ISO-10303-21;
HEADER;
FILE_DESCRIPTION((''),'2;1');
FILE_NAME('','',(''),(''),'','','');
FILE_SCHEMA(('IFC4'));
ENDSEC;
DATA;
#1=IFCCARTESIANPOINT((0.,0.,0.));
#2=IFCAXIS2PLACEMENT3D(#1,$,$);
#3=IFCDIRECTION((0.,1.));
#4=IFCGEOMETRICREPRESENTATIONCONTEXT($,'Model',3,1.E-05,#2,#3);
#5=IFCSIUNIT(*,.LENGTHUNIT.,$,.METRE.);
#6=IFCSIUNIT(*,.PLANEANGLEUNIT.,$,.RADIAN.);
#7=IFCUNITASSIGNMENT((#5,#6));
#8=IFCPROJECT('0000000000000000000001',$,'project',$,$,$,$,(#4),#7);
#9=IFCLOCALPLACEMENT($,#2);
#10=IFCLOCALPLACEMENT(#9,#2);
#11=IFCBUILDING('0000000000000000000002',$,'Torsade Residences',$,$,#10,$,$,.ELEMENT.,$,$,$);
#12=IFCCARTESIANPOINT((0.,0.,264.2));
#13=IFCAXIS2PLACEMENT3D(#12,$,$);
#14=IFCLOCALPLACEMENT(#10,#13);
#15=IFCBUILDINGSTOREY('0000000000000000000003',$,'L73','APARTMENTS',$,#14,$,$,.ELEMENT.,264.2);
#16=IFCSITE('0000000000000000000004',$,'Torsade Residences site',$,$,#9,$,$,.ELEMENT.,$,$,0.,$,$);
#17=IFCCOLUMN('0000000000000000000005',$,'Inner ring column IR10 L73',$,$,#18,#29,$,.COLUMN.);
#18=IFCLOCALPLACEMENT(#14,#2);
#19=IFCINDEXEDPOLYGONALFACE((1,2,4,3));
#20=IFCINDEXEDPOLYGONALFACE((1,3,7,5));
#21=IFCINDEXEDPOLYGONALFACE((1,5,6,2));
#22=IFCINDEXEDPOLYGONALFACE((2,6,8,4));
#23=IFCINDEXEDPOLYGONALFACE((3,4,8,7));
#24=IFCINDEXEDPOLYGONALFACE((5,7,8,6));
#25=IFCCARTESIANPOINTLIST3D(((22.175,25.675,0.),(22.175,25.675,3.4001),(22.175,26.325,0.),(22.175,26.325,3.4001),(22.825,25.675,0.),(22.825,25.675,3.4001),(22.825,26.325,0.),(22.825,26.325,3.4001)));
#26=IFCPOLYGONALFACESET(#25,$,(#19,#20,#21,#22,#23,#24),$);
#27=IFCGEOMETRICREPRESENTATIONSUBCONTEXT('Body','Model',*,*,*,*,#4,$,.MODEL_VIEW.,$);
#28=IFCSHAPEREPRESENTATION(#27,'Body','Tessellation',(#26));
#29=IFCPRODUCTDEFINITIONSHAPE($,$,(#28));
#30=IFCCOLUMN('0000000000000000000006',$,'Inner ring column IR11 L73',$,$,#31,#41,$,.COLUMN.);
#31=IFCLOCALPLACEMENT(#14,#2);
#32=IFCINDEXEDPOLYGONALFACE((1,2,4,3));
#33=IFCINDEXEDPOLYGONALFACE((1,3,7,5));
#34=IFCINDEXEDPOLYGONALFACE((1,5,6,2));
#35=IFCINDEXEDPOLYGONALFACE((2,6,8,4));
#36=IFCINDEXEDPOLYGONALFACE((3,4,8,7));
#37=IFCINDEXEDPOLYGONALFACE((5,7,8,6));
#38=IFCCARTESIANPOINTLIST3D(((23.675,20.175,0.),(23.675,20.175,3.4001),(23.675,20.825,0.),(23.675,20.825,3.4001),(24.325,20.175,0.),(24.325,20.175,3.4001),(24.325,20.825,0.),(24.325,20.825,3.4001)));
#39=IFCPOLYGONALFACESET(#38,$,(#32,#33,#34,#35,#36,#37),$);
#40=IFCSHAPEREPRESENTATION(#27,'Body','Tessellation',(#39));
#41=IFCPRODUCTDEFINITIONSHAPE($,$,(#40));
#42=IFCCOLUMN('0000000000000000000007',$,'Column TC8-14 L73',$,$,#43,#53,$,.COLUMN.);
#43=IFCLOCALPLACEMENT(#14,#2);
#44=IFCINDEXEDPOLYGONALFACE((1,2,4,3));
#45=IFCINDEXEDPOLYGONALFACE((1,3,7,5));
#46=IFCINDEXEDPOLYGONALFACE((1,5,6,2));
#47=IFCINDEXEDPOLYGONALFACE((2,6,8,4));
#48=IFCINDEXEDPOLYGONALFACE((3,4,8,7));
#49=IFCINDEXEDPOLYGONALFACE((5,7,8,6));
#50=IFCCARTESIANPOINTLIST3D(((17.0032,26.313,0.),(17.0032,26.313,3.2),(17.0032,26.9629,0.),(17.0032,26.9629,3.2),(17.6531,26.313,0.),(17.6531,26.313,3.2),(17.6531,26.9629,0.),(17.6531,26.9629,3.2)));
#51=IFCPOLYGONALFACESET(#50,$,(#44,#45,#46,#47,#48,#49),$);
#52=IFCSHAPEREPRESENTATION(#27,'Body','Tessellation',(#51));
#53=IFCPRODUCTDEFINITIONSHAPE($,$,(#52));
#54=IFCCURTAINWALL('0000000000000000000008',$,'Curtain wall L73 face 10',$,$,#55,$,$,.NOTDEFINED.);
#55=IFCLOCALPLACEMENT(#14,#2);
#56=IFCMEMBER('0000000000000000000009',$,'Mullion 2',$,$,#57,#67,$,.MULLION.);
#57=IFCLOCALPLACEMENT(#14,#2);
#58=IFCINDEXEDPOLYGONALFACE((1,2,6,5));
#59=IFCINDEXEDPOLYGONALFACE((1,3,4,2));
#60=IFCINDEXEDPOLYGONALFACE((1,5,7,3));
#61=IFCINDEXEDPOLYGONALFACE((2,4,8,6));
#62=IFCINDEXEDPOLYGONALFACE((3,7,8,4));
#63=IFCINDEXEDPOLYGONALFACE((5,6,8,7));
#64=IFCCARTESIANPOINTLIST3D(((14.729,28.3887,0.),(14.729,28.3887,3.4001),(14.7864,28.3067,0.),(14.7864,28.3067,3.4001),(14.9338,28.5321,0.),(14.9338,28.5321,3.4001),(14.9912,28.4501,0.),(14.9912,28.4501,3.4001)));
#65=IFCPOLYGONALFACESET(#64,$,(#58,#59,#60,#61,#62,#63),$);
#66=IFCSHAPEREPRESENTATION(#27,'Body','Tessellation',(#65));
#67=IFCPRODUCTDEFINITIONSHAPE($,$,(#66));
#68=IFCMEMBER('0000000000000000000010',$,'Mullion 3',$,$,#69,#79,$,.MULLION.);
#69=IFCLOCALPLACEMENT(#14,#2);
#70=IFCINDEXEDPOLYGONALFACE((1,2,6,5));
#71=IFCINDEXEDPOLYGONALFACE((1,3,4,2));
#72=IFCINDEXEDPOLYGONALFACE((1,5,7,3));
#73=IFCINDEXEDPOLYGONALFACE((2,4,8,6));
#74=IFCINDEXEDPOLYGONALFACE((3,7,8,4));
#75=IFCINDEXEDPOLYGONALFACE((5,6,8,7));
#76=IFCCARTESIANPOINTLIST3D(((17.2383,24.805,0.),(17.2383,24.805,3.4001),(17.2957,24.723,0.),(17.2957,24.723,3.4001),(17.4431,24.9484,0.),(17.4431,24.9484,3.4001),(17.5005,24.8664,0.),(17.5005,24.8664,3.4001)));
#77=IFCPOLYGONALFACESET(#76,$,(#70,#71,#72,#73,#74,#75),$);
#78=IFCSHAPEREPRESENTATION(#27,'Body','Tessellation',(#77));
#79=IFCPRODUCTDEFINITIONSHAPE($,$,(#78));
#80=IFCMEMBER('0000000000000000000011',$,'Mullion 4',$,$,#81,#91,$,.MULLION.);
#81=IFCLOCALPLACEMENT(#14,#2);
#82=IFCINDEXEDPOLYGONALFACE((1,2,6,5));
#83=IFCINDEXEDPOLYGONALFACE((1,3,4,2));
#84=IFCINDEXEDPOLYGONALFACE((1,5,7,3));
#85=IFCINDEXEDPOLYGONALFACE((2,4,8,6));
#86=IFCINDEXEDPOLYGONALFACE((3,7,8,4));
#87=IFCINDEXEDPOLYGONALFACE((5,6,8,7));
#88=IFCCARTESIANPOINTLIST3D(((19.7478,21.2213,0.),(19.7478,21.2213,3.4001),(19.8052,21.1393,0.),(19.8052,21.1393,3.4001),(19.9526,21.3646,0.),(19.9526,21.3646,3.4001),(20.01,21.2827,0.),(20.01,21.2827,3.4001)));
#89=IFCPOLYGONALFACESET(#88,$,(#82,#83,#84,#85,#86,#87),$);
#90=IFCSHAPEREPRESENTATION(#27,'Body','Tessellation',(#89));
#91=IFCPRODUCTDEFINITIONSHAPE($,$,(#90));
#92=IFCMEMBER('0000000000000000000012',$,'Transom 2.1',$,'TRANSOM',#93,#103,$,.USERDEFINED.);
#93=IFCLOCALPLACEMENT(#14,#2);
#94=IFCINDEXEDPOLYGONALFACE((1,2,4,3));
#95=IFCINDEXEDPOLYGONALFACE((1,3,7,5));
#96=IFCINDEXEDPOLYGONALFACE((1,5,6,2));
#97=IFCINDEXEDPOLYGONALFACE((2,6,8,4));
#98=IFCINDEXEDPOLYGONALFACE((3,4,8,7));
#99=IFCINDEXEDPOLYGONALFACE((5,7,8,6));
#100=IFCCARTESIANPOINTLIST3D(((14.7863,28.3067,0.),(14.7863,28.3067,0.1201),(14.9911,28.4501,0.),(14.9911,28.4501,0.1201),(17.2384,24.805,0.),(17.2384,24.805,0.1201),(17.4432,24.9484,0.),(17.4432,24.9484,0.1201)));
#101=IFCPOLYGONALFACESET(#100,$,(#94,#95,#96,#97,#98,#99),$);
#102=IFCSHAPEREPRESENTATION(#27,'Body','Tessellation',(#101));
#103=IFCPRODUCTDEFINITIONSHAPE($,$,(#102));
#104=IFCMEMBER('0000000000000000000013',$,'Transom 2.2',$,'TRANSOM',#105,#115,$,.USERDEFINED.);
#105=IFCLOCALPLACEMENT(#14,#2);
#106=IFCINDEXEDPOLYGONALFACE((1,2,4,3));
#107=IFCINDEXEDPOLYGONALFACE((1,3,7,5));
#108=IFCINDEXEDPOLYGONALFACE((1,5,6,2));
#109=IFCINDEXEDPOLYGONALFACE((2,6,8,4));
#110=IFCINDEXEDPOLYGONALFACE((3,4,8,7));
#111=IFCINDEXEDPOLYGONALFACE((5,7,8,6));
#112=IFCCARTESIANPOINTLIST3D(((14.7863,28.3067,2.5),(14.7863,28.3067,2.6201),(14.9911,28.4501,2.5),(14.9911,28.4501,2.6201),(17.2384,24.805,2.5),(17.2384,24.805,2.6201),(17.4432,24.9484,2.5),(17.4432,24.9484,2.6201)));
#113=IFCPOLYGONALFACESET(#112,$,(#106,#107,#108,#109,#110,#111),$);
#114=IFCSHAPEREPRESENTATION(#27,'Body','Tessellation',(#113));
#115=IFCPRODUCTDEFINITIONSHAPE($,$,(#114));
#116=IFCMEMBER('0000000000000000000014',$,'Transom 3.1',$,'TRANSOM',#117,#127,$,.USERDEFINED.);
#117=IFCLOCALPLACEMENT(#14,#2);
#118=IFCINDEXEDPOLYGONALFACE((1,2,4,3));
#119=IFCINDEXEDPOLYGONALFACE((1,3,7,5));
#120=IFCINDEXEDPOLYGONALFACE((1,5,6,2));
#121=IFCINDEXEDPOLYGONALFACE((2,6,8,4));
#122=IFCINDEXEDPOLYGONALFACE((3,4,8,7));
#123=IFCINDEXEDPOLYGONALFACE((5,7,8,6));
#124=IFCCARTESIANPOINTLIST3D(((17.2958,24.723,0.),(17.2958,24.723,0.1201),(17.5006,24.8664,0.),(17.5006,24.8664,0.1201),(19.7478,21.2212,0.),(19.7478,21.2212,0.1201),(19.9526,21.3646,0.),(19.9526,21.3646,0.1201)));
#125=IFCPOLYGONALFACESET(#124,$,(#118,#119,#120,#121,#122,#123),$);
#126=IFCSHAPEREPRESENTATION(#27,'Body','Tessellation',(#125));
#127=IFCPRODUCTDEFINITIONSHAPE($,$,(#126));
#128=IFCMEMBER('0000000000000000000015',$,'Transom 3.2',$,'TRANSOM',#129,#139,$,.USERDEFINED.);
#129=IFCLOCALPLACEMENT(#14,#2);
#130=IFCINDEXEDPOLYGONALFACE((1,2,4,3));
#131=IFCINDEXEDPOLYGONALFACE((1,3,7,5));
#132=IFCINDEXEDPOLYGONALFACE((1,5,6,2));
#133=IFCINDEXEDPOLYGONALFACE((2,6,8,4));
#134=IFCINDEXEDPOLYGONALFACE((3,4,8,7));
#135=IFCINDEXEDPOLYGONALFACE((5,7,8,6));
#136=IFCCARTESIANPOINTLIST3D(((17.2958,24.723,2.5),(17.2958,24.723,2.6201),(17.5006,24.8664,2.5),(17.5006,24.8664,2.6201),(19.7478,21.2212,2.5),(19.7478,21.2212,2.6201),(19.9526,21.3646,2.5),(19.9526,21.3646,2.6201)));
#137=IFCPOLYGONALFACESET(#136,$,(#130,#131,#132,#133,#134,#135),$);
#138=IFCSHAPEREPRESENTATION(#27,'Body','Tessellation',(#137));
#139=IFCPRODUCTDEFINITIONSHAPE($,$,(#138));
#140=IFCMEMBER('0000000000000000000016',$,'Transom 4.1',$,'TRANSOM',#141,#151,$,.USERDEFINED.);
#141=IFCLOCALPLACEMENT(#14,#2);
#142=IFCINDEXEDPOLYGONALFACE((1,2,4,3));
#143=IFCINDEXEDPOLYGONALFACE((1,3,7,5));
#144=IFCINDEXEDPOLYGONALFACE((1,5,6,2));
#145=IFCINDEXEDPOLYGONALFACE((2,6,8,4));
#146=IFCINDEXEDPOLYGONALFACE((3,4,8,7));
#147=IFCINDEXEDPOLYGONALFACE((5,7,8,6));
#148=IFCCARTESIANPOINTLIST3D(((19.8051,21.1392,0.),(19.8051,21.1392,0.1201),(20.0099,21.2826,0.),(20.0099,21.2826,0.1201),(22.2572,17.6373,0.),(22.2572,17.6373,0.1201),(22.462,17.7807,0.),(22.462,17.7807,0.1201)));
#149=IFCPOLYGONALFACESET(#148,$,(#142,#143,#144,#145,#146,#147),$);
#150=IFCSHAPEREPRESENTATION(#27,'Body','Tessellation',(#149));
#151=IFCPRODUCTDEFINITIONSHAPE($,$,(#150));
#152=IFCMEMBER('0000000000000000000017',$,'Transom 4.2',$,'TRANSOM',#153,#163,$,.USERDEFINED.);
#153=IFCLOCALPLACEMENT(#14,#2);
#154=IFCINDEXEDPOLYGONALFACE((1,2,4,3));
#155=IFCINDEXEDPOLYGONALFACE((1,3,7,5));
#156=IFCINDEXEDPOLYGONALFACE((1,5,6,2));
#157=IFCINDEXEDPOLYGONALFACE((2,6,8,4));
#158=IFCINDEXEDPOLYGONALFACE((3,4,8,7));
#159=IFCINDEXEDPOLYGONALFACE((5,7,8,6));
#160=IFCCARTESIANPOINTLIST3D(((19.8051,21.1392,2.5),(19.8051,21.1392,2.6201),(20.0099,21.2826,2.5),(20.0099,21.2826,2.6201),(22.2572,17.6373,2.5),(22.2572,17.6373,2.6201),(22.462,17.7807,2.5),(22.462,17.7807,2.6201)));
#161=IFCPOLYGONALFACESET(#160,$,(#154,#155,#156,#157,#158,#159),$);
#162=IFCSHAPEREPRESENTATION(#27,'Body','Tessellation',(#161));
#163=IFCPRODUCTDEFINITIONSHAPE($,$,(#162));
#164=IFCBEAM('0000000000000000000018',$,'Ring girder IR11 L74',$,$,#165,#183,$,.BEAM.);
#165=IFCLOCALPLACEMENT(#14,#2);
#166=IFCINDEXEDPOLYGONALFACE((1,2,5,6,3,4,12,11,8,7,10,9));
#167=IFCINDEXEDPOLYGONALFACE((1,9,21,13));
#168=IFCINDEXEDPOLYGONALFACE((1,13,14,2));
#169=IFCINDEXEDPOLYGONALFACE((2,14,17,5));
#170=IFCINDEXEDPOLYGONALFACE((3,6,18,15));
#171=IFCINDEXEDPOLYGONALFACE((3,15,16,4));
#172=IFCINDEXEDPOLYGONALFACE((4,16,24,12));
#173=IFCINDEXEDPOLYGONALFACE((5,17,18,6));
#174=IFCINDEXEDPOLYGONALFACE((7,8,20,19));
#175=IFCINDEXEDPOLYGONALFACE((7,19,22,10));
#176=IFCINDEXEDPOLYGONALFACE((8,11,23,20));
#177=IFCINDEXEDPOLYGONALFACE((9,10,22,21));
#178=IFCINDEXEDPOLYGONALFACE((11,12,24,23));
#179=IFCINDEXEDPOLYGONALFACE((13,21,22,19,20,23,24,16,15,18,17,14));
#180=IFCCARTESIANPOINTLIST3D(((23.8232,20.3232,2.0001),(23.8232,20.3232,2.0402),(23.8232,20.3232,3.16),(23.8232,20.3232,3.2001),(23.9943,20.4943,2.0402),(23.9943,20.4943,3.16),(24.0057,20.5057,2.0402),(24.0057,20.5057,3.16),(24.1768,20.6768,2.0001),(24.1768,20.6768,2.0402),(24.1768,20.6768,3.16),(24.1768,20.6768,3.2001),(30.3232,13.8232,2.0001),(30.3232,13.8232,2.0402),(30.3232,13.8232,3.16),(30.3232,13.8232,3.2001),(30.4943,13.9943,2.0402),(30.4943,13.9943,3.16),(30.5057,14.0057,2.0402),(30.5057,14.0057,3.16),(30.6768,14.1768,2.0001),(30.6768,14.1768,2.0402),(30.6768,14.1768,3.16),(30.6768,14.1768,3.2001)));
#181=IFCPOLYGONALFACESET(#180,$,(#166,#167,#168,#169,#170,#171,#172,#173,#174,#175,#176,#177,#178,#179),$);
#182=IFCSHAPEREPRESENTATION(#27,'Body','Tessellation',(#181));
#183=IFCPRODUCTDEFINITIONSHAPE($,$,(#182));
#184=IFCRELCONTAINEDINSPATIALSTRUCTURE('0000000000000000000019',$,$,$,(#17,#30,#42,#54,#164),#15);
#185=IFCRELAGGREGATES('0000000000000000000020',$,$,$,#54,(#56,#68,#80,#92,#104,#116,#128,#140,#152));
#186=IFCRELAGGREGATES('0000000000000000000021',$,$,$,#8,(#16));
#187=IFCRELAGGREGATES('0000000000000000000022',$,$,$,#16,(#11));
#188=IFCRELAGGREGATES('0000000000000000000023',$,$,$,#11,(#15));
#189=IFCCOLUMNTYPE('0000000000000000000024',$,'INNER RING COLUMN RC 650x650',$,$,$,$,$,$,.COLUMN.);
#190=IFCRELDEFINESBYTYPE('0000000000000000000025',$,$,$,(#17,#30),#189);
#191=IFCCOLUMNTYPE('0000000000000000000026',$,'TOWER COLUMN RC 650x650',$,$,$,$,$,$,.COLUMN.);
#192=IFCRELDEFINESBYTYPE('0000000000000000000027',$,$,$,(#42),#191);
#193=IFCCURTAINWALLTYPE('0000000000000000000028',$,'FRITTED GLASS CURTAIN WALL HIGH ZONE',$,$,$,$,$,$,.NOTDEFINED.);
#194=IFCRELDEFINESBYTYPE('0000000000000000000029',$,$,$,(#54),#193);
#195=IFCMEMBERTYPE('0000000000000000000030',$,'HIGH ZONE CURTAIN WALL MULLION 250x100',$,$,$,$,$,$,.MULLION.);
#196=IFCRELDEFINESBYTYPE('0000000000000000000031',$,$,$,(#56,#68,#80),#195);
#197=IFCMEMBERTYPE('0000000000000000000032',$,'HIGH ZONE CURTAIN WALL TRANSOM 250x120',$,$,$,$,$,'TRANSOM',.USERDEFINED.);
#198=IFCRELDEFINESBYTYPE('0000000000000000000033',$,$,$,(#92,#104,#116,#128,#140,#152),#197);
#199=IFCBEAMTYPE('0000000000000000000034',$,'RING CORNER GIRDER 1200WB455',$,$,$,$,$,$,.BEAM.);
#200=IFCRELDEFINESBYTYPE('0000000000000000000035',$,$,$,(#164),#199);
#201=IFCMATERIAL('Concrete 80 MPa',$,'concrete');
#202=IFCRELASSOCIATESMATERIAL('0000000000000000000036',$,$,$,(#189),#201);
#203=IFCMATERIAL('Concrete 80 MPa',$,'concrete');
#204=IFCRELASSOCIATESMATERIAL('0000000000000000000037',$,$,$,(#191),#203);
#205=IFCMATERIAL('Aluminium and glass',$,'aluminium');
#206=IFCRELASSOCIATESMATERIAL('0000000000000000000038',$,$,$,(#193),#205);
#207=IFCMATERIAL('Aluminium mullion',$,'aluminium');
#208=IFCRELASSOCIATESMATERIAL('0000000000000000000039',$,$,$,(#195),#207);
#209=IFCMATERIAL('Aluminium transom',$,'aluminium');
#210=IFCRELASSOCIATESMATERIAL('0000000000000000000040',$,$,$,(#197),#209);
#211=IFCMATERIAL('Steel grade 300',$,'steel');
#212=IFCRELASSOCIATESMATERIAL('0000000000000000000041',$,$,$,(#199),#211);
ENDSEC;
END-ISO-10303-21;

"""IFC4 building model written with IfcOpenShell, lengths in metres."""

from ifc_helpers import new_model, si_unit, direction, frame, origin, origin_2d, place, context, subcontext, project, spatial, rectangle, i_section, extrude, material, material_profile, profile_set, type_object, element, aggregate, save


model = new_model("IFC4")

# Units and contexts
model_context = context("Model", 3, precision=1e-05, world=origin(), true_north=direction((0.0, 1.0)))
body_context = subcontext(model_context, "Body", "Model", "MODEL_VIEW")
ifc_project = project(units=[si_unit("LENGTHUNIT", "METRE"), si_unit("PLANEANGLEUNIT", "RADIAN")], contexts=[model_context])

# Site, building, storey
site_placement = place(None, origin())
site = spatial("IfcSite", under=ifc_project, at=site_placement, Name="Torsade Residences site", CompositionType="ELEMENT", RefElevation=0.0)
building_placement = place(site_placement, origin())
building = spatial("IfcBuilding", under=site, at=building_placement, Name="Torsade Residences", CompositionType="ELEMENT")
storey_placement = place(building_placement, frame((0.0, 0.0, 264.2)))
storey = spatial("IfcBuildingStorey", under=building, at=storey_placement, Name="L73", Description="APARTMENTS", CompositionType="ELEMENT", Elevation=264.2)

# Columns
ifc_material_1 = material(Name="Concrete 80 MPa", Category="concrete")
ifc_material_profile_1 = material_profile(ifc_material_1, rectangle(XDim=0.6499, YDim=0.6499, at=origin_2d()), Name="RC 650x650")
ifc_profile_set_1 = profile_set([ifc_material_profile_1], Name="Concrete 80 MPa")
column_type_1 = type_object("IfcColumnType", Name="INNER RING COLUMN RC 650x650", PredefinedType="COLUMN", material=ifc_profile_set_1)
for number, where, z_axis, x_axis, name in (
    (1, (22.5, 26.0, 0.0), (0.0, 0.0, 1.0), (1.0, 0.0, 0.0), "Inner ring column IR10 L73"),
    (2, (24.0, 20.5, 0.0), (0.0, 0.0, 1.0), (1.0, 0.0, 0.0), "Inner ring column IR11 L73"),
):
    element("IfcColumn", number, at=place(storey_placement, frame(where, z_axis=z_axis, x_axis=x_axis)), inside=storey, type_object=column_type_1, Name=name, PredefinedType="COLUMN", context=body_context, shape_type="SweptSolid", body=[
        extrude(rectangle(XDim=0.6499, YDim=0.6499, at=origin_2d()), origin(), (0.0, 0.0, 1.0), 3.4001),
    ])
ifc_material_2 = material(Name="Concrete 80 MPa", Category="concrete")
ifc_material_profile_2 = material_profile(ifc_material_2, rectangle(XDim=0.6499, YDim=0.6499, at=origin_2d()), Name="RC 650x650")
ifc_profile_set_2 = profile_set([ifc_material_profile_2], Name="Concrete 80 MPa")
column_type_2 = type_object("IfcColumnType", Name="TOWER COLUMN RC 650x650", PredefinedType="COLUMN", material=ifc_profile_set_2)
column_placement = place(storey_placement, frame((17.3281, 26.6379, 0.0), z_axis=(0.0, 0.0, 1.0), x_axis=(1.0, 0.0, 0.0)))
element("IfcColumn", 3, at=column_placement, inside=storey, type_object=column_type_2, Name="Column TC8-14 L73", PredefinedType="COLUMN", context=body_context, shape_type="SweptSolid", body=[
    extrude(rectangle(XDim=0.6499, YDim=0.6499, at=origin_2d()), origin(), (0.0, 0.0, 1.0), 3.2),
])

# Curtain wall, members
ifc_material_3 = material(Name="Aluminium and glass", Category="aluminium")
curtain_wall_type = type_object("IfcCurtainWallType", Name="FRITTED GLASS CURTAIN WALL HIGH ZONE", PredefinedType="NOTDEFINED", material=ifc_material_3)
curtain_wall_placement = place(storey_placement, origin())
curtain_wall = element("IfcCurtainWall", 4, at=curtain_wall_placement, inside=storey, type_object=curtain_wall_type, Name="Curtain wall L73 face 10", PredefinedType="NOTDEFINED")
ifc_material_4 = material(Name="Aluminium mullion", Category="aluminium")
ifc_material_profile_3 = material_profile(ifc_material_4, rectangle(XDim=0.25, YDim=0.1001, at=origin_2d()), Name="HIGH ZONE CURTAIN WALL MULLION 250x100")
ifc_profile_set_3 = profile_set([ifc_material_profile_3], Name="Aluminium mullion")
member_type_1 = type_object("IfcMemberType", Name="HIGH ZONE CURTAIN WALL MULLION 250x100", PredefinedType="MULLION", material=ifc_profile_set_3)
member_1_placement = place(storey_placement, frame((14.8601, 28.4194, 0.0), z_axis=(0.0, 0.0, 1.0), x_axis=(0.819152, 0.573576, 0.0)))
member_1 = element("IfcMember", 5, at=member_1_placement, type_object=member_type_1, Name="Mullion 2", PredefinedType="MULLION", context=body_context, shape_type="SweptSolid", body=[
    extrude(rectangle(XDim=0.25, YDim=0.1001, at=origin_2d()), origin(), (0.0, 0.0, 1.0), 3.4001),
])
member_2_placement = place(storey_placement, frame((17.3694, 24.8357, 0.0), z_axis=(0.0, 0.0, 1.0), x_axis=(0.819152, 0.573576, 0.0)))
member_2 = element("IfcMember", 6, at=member_2_placement, type_object=member_type_1, Name="Mullion 3", PredefinedType="MULLION", context=body_context, shape_type="SweptSolid", body=[
    extrude(rectangle(XDim=0.25, YDim=0.1001, at=origin_2d()), origin(), (0.0, 0.0, 1.0), 3.4001),
])
member_3_placement = place(storey_placement, frame((19.8789, 21.252, 0.0), z_axis=(0.0, 0.0, 1.0), x_axis=(0.819152, 0.573576, 0.0)))
member_3 = element("IfcMember", 7, at=member_3_placement, type_object=member_type_1, Name="Mullion 4", PredefinedType="MULLION", context=body_context, shape_type="SweptSolid", body=[
    extrude(rectangle(XDim=0.25, YDim=0.1001, at=origin_2d()), origin(), (0.0, 0.0, 1.0), 3.4001),
])
ifc_material_5 = material(Name="Aluminium transom", Category="aluminium")
ifc_material_profile_4 = material_profile(ifc_material_5, rectangle(XDim=0.25, YDim=0.1201, at=origin_2d()), Name="HIGH ZONE CURTAIN WALL TRANSOM 250x120")
ifc_profile_set_4 = profile_set([ifc_material_profile_4], Name="Aluminium transom")
member_type_2 = type_object("IfcMemberType", Name="HIGH ZONE CURTAIN WALL TRANSOM 250x120", ElementType="TRANSOM", PredefinedType="USERDEFINED", material=ifc_profile_set_4)
member_4_placement = place(storey_placement, frame((14.8887, 28.3784, 0.0601), z_axis=(0.573612, -0.819127, 0.0), x_axis=(0.819127, 0.573612, 0.0)))
member_4 = element("IfcMember", 8, at=member_4_placement, type_object=member_type_2, Name="Transom 2.1", ObjectType="TRANSOM", PredefinedType="USERDEFINED", context=body_context, shape_type="SweptSolid", body=[
    extrude(rectangle(XDim=0.25, YDim=0.1201, at=origin_2d()), origin(), (0.0, 0.0, 1.0), 4.2749),
])
member_5_placement = place(storey_placement, frame((14.8887, 28.3784, 2.5601), z_axis=(0.573612, -0.819127, 0.0), x_axis=(0.819127, 0.573612, 0.0)))
member_5 = element("IfcMember", 9, at=member_5_placement, type_object=member_type_2, Name="Transom 2.2", ObjectType="TRANSOM", PredefinedType="USERDEFINED", context=body_context, shape_type="SweptSolid", body=[
    extrude(rectangle(XDim=0.25, YDim=0.1201, at=origin_2d()), origin(), (0.0, 0.0, 1.0), 4.2749),
])
member_6_placement = place(storey_placement, frame((17.3982, 24.7947, 0.0601), z_axis=(0.573573, -0.819154, 0.0), x_axis=(0.819154, 0.573573, 0.0)))
member_6 = element("IfcMember", 10, at=member_6_placement, type_object=member_type_2, Name="Transom 3.1", ObjectType="TRANSOM", PredefinedType="USERDEFINED", context=body_context, shape_type="SweptSolid", body=[
    extrude(rectangle(XDim=0.25, YDim=0.1201, at=origin_2d()), origin(), (0.0, 0.0, 1.0), 4.2749),
])
member_7_placement = place(storey_placement, frame((17.3982, 24.7947, 2.5601), z_axis=(0.573573, -0.819154, 0.0), x_axis=(0.819154, 0.573573, 0.0)))
member_7 = element("IfcMember", 11, at=member_7_placement, type_object=member_type_2, Name="Transom 3.2", ObjectType="TRANSOM", PredefinedType="USERDEFINED", context=body_context, shape_type="SweptSolid", body=[
    extrude(rectangle(XDim=0.25, YDim=0.1201, at=origin_2d()), origin(), (0.0, 0.0, 1.0), 4.2749),
])
member_8_placement = place(storey_placement, frame((19.9075, 21.2109, 0.0601), z_axis=(0.573585, -0.819146, 0.0), x_axis=(0.819146, 0.573585, 0.0)))
member_8 = element("IfcMember", 12, at=member_8_placement, type_object=member_type_2, Name="Transom 4.1", ObjectType="TRANSOM", PredefinedType="USERDEFINED", context=body_context, shape_type="SweptSolid", body=[
    extrude(rectangle(XDim=0.25, YDim=0.1201, at=origin_2d()), origin(), (0.0, 0.0, 1.0), 4.2751),
])
member_9_placement = place(storey_placement, frame((19.9075, 21.2109, 2.5601), z_axis=(0.573585, -0.819146, 0.0), x_axis=(0.819146, 0.573585, 0.0)))
member_9 = element("IfcMember", 13, at=member_9_placement, type_object=member_type_2, Name="Transom 4.2", ObjectType="TRANSOM", PredefinedType="USERDEFINED", context=body_context, shape_type="SweptSolid", body=[
    extrude(rectangle(XDim=0.25, YDim=0.1201, at=origin_2d()), origin(), (0.0, 0.0, 1.0), 4.2751),
])

# Beam
ifc_material_6 = material(Name="Steel grade 300", Category="steel")
ifc_material_profile_5 = material_profile(ifc_material_6, i_section(OverallWidth=0.5, OverallDepth=1.2, WebThickness=0.0161, FlangeThickness=0.04, at=origin_2d()), Name="1200WB455")
ifc_profile_set_5 = profile_set([ifc_material_profile_5], Name="Steel grade 300")
beam_type_1 = type_object("IfcBeamType", Name="RING CORNER GIRDER 1200WB455", PredefinedType="BEAM", material=ifc_profile_set_5)
beam_1_placement = place(storey_placement, frame((24.0, 20.5, 2.6001), z_axis=(0.707107, -0.707107, 0.0), x_axis=(0.707107, 0.707107, 0.0)))
element("IfcBeam", 14, at=beam_1_placement, inside=storey, type_object=beam_type_1, Name="Ring girder IR11 L74", PredefinedType="BEAM", context=body_context, shape_type="SweptSolid", body=[
    extrude(i_section(OverallWidth=0.5, OverallDepth=1.2, WebThickness=0.0161, FlangeThickness=0.04, at=origin_2d()), origin(), (0.0, 0.0, 1.0), 9.1924),
])

aggregate(curtain_wall, [member_1, member_2, member_3, member_4, member_5, member_6, member_7, member_8, member_9])

save(model, "model.ifc")
